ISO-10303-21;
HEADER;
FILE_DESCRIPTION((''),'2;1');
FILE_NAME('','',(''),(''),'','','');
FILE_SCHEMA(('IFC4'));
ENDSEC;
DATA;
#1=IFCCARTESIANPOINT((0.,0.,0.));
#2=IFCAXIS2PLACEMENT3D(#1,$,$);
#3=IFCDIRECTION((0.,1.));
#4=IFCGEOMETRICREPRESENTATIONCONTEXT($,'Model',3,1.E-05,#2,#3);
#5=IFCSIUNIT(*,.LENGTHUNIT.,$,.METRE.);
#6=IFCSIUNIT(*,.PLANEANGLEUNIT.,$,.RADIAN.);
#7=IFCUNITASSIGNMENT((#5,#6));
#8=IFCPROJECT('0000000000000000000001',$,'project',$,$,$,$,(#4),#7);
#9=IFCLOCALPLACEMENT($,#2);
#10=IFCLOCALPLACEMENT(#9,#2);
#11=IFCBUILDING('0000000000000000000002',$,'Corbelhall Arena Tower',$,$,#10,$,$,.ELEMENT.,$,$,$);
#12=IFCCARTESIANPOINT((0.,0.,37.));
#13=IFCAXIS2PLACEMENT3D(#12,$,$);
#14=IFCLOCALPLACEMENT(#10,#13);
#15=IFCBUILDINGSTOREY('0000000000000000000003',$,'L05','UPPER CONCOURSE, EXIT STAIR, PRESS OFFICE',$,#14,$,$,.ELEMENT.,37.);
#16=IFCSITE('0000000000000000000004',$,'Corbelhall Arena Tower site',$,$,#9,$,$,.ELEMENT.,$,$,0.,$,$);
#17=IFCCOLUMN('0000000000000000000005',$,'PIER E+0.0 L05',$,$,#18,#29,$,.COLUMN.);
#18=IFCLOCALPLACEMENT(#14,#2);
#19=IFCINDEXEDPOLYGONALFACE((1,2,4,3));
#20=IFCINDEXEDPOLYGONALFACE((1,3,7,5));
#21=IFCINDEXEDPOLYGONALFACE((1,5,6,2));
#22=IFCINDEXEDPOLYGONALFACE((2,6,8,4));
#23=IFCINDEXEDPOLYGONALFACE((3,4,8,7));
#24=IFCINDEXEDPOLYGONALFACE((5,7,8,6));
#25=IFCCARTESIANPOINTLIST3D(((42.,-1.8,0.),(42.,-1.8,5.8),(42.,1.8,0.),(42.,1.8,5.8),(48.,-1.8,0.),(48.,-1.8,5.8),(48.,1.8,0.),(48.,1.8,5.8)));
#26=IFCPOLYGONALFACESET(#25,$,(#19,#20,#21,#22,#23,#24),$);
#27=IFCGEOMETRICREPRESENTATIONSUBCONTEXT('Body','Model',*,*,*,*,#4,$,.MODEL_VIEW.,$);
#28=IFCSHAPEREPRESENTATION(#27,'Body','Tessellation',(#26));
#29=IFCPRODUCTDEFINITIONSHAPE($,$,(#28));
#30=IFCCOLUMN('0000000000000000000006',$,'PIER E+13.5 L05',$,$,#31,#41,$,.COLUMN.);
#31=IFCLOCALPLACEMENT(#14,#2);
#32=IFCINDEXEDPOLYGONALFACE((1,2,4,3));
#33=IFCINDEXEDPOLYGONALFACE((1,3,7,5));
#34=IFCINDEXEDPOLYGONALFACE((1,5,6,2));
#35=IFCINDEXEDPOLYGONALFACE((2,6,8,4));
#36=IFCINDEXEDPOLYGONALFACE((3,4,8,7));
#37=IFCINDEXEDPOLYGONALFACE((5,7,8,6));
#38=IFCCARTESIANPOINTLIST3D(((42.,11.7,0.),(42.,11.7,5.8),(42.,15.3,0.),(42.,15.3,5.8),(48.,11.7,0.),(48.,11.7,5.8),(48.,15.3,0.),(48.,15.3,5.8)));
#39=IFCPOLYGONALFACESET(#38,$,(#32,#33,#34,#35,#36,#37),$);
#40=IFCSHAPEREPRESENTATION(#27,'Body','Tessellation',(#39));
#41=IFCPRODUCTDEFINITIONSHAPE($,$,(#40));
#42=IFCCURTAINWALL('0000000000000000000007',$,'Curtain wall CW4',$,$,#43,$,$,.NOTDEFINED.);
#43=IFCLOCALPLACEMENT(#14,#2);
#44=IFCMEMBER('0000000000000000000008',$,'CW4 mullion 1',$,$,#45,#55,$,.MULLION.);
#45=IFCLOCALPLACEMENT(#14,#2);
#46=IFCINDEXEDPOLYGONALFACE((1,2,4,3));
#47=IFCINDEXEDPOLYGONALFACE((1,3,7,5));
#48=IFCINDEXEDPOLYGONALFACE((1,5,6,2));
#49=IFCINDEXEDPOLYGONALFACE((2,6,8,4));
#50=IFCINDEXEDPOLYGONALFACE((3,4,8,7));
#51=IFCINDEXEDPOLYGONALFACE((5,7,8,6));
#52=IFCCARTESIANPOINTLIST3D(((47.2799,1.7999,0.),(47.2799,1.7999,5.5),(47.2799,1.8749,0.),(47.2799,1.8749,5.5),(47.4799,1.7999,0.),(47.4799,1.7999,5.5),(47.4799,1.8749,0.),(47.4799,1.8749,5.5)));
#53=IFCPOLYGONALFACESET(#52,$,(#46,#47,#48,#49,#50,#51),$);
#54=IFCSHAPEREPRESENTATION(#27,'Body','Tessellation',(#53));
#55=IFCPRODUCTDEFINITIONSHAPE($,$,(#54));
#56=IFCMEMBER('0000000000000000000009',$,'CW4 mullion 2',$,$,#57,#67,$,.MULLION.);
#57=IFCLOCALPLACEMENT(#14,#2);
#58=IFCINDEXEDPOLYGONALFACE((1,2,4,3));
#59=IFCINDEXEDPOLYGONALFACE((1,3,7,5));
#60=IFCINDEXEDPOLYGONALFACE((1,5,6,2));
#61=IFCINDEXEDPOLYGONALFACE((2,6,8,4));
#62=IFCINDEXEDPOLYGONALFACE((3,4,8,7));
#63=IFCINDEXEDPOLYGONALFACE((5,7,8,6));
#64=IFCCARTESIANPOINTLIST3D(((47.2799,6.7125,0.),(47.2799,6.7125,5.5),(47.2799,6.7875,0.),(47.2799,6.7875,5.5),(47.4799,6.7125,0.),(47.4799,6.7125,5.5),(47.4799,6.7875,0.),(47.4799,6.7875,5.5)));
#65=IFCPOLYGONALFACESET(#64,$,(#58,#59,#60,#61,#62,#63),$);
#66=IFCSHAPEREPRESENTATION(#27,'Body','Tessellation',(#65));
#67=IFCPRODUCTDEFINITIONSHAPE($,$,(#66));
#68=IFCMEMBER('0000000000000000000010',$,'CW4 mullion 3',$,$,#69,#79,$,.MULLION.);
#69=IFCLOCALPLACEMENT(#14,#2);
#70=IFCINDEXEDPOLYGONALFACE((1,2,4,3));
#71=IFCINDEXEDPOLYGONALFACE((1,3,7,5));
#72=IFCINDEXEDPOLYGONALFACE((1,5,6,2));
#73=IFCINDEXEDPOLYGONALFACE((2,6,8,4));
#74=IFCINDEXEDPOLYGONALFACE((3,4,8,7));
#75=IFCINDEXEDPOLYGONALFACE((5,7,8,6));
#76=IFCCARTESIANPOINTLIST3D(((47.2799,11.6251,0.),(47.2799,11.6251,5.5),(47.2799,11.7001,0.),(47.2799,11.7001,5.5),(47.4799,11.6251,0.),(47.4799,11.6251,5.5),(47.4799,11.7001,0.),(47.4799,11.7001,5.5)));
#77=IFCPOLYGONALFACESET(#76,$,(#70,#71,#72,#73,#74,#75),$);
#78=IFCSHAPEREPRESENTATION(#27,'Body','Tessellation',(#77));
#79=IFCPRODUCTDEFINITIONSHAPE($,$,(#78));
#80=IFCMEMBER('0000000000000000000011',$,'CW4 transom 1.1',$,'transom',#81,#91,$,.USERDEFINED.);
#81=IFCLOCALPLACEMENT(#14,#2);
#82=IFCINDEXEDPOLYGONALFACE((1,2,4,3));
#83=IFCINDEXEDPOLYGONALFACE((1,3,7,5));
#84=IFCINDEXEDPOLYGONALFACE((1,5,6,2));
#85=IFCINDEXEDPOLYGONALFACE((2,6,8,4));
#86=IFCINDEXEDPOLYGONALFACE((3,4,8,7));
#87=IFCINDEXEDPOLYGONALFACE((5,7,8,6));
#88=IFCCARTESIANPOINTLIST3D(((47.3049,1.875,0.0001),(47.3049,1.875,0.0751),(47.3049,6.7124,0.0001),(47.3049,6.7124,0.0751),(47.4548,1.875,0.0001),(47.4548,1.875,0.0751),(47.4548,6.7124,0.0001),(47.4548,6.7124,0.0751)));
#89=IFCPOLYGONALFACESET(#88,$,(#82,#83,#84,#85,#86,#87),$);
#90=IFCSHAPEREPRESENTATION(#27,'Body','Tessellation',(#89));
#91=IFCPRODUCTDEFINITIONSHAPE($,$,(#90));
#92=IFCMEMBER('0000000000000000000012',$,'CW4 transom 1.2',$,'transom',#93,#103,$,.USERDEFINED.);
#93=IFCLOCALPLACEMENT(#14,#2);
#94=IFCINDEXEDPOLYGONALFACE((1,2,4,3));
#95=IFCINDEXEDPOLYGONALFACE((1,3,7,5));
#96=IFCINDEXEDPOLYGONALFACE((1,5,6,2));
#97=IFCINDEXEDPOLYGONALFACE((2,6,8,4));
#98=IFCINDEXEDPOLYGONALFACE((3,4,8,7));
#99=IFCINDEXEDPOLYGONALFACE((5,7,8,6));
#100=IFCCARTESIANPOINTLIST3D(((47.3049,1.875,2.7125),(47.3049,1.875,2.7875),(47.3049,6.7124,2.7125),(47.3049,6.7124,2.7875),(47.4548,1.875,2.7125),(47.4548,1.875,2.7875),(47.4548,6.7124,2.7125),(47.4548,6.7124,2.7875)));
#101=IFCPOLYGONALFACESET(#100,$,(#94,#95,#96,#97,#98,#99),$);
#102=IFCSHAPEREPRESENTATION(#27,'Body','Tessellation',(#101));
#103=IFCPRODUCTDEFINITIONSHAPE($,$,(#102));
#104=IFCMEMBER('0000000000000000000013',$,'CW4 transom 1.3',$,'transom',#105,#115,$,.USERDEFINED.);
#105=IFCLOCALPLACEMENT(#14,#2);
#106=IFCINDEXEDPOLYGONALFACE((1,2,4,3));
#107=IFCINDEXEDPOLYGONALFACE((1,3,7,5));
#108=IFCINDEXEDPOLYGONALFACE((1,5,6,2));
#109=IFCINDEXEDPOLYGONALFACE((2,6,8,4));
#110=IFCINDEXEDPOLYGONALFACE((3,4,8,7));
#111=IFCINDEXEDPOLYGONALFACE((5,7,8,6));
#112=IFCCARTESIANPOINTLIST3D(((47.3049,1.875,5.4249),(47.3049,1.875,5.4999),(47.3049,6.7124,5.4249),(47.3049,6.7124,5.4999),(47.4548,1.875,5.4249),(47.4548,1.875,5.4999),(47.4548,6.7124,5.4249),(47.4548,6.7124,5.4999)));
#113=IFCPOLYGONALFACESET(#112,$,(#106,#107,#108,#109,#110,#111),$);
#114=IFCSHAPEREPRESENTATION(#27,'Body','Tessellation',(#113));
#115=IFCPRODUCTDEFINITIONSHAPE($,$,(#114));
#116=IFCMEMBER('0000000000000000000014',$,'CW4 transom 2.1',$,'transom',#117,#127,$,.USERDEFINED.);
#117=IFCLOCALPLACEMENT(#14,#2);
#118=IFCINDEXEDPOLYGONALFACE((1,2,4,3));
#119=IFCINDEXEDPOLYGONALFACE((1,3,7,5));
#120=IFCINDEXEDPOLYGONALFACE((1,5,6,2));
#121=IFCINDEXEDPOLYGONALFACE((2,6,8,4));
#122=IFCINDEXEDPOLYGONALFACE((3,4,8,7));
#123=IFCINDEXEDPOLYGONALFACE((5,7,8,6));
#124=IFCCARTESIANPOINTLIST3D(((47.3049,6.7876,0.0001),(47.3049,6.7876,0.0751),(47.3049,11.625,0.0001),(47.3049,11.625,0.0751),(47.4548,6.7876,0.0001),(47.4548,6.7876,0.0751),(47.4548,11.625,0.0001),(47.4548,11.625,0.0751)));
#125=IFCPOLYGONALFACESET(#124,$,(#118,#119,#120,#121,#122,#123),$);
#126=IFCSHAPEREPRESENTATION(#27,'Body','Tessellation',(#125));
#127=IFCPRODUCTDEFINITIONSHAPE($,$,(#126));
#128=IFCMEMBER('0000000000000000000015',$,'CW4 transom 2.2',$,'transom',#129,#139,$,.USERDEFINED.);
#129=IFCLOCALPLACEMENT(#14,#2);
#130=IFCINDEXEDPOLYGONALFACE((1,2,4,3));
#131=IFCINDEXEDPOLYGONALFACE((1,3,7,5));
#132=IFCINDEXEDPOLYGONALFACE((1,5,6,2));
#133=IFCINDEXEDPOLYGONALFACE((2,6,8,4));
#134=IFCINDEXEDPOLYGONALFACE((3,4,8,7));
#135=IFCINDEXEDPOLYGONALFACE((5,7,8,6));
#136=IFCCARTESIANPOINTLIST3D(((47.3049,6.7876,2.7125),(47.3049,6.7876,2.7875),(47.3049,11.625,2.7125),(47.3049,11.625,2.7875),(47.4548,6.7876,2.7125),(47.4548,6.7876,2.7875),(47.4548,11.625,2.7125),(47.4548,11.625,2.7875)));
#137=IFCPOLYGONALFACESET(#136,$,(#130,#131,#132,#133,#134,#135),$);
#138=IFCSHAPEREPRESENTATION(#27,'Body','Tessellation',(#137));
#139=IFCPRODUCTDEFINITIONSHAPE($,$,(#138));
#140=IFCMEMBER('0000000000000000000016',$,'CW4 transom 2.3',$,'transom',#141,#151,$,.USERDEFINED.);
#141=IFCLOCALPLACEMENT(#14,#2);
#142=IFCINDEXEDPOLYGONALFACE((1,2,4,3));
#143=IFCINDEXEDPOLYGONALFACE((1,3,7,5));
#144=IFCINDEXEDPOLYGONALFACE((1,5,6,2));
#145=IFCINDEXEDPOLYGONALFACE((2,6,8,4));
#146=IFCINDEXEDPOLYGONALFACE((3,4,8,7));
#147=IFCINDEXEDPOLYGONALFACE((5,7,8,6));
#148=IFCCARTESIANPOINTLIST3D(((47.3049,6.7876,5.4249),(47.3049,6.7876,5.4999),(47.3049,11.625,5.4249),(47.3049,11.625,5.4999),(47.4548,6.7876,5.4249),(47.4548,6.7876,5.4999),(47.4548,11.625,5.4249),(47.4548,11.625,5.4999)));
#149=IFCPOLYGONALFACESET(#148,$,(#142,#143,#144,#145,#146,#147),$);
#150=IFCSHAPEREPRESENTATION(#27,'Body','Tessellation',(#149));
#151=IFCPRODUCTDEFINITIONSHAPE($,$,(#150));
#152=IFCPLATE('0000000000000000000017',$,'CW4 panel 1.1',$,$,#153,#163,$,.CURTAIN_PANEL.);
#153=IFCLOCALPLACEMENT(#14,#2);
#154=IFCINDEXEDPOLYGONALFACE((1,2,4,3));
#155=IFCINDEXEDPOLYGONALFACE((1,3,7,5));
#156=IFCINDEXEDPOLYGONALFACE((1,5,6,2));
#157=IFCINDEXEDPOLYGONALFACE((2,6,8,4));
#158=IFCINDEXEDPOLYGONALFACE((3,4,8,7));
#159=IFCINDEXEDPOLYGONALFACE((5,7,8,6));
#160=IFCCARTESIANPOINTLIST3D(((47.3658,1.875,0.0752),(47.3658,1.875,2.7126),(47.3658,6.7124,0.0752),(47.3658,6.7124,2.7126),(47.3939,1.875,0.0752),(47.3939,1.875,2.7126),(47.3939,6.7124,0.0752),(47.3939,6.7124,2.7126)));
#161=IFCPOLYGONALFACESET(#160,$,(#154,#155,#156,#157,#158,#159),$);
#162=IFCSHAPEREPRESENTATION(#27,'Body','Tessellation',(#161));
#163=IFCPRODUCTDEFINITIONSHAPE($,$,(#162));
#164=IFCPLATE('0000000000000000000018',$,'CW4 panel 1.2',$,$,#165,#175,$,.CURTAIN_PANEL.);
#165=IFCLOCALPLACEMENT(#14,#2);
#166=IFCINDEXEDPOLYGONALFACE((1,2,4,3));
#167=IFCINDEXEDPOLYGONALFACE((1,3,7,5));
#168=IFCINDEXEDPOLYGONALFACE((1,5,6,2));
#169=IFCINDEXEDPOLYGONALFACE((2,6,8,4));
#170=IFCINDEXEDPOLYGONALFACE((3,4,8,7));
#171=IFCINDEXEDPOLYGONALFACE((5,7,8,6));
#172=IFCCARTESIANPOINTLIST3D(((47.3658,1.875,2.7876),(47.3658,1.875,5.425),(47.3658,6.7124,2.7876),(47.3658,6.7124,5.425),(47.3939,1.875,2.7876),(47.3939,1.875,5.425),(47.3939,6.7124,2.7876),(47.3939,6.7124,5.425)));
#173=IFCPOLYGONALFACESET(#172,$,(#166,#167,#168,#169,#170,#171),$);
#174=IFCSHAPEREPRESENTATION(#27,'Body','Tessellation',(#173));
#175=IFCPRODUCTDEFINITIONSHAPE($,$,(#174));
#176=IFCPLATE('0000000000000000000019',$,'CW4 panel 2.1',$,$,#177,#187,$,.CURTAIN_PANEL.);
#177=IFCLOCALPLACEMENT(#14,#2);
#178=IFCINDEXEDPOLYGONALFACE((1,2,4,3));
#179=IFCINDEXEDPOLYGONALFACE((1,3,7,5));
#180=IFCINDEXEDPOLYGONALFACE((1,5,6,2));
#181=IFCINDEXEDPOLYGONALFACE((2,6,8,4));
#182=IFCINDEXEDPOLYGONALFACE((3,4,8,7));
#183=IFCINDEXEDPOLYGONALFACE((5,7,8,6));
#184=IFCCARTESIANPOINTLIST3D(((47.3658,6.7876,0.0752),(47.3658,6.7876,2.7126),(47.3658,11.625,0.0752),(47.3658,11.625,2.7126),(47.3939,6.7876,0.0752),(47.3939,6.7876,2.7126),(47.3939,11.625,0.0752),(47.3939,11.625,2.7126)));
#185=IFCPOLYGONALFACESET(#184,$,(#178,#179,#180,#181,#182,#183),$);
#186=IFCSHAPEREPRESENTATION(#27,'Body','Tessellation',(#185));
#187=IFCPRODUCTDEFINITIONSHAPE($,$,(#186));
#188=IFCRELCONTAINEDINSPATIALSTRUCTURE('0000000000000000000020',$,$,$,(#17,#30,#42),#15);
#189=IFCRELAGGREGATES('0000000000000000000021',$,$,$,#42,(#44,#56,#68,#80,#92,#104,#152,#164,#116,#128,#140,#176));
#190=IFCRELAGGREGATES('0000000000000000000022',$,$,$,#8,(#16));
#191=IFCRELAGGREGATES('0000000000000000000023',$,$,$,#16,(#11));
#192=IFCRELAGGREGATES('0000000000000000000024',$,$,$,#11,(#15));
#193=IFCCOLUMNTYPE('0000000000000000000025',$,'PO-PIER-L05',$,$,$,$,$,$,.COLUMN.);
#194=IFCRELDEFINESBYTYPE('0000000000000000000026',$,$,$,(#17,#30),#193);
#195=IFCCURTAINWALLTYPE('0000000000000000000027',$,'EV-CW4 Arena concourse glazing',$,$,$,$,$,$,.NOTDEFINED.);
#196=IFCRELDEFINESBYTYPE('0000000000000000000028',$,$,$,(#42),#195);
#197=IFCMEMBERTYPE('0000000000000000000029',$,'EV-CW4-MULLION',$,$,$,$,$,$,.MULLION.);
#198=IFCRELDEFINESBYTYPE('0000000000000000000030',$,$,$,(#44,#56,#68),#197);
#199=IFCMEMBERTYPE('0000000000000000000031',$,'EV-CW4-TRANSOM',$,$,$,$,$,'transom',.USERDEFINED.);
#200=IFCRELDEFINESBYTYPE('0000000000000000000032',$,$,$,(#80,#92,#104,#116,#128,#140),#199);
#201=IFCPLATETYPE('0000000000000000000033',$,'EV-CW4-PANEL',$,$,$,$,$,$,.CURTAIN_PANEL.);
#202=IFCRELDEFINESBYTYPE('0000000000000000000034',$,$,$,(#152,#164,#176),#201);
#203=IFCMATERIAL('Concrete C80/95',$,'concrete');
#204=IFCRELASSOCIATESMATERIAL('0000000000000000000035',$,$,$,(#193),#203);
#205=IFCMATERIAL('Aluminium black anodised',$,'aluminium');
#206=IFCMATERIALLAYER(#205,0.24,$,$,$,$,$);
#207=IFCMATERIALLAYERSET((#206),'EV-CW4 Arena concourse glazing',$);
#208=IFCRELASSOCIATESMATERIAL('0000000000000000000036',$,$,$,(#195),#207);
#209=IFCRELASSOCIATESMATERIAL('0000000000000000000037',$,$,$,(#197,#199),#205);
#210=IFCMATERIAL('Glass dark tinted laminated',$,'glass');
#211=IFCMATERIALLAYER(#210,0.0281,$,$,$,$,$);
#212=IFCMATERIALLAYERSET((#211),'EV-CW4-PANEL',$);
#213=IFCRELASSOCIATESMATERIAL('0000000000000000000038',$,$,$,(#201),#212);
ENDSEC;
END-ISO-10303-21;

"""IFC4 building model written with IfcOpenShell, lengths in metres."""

from ifc_helpers import new_model, si_unit, direction, frame, origin, origin_2d, place, context, subcontext, project, spatial, rectangle, extrude, material, layer, layer_set, material_profile, profile_set, type_object, element, aggregate, save


model = new_model("IFC4")

# Units and contexts
model_context = context("Model", 3, precision=1e-05, world=origin(), true_north=direction((0.0, 1.0)))
body_context = subcontext(model_context, "Body", "Model", "MODEL_VIEW")
ifc_project = project(units=[si_unit("LENGTHUNIT", "METRE"), si_unit("PLANEANGLEUNIT", "RADIAN")], contexts=[model_context])

# Site, building, storey
site_placement = place(None, origin())
site = spatial("IfcSite", under=ifc_project, at=site_placement, Name="Corbelhall Arena Tower site", CompositionType="ELEMENT", RefElevation=0.0)
building_placement = place(site_placement, origin())
building = spatial("IfcBuilding", under=site, at=building_placement, Name="Corbelhall Arena Tower", CompositionType="ELEMENT")
storey_placement = place(building_placement, frame((0.0, 0.0, 37.0)))
storey = spatial("IfcBuildingStorey", under=building, at=storey_placement, Name="L05", Description="UPPER CONCOURSE, EXIT STAIR, PRESS OFFICE", CompositionType="ELEMENT", Elevation=37.0)

# Columns
ifc_material_1 = material(Name="Concrete C80/95", Category="concrete")
ifc_material_profile_1 = material_profile(ifc_material_1, rectangle(XDim=3.6001, YDim=6.0, at=origin_2d()))
ifc_profile_set_1 = profile_set([ifc_material_profile_1], Name="Concrete C80/95")
column_type = type_object("IfcColumnType", Name="PO-PIER-L05", PredefinedType="COLUMN", material=ifc_profile_set_1)
for number, where, z_axis, x_axis, name in (
    (1, (45.0, 0.0, 0.0), (0.0, 0.0, 1.0), (0.0, 1.0, 0.0), "PIER E+0.0 L05"),
    (2, (45.0, 13.5, 0.0), (0.0, 0.0, 1.0), (0.0, 1.0, 0.0), "PIER E+13.5 L05"),
):
    element("IfcColumn", number, at=place(storey_placement, frame(where, z_axis=z_axis, x_axis=x_axis)), inside=storey, type_object=column_type, Name=name, PredefinedType="COLUMN", context=body_context, shape_type="SweptSolid", body=[
        extrude(rectangle(XDim=3.6001, YDim=6.0, at=origin_2d()), origin(), (0.0, 0.0, 1.0), 5.8),
    ])

# Curtain wall, members, plates
ifc_material_2 = material(Name="Aluminium black anodised", Category="aluminium")
ifc_layer_1 = layer(ifc_material_2, 0.24)
ifc_layer_set_1 = layer_set([ifc_layer_1], Name="EV-CW4 Arena concourse glazing")
curtain_wall_type = type_object("IfcCurtainWallType", Name="EV-CW4 Arena concourse glazing", PredefinedType="NOTDEFINED", material=ifc_layer_set_1)
curtain_wall_placement = place(storey_placement, origin())
curtain_wall = element("IfcCurtainWall", 3, at=curtain_wall_placement, inside=storey, type_object=curtain_wall_type, Name="Curtain wall CW4", PredefinedType="NOTDEFINED")
ifc_material_profile_2 = material_profile(ifc_material_2, rectangle(XDim=0.2, YDim=0.075, at=origin_2d()))
ifc_profile_set_2 = profile_set([ifc_material_profile_2], Name="Aluminium black anodised")
member_type_1 = type_object("IfcMemberType", Name="EV-CW4-MULLION", PredefinedType="MULLION", material=ifc_profile_set_2)
member_1_placement = place(storey_placement, frame((47.3799, 1.8374, 0.0), z_axis=(0.0, 0.0, 1.0), x_axis=(-1.0, 0.0, 0.0)))
member_1 = element("IfcMember", 4, at=member_1_placement, type_object=member_type_1, Name="CW4 mullion 1", PredefinedType="MULLION", context=body_context, shape_type="SweptSolid", body=[
    extrude(rectangle(XDim=0.2, YDim=0.075, at=origin_2d()), origin(), (0.0, 0.0, 1.0), 5.5),
])
member_2_placement = place(storey_placement, frame((47.3799, 6.75, 0.0), z_axis=(0.0, 0.0, 1.0), x_axis=(-1.0, 0.0, 0.0)))
member_2 = element("IfcMember", 5, at=member_2_placement, type_object=member_type_1, Name="CW4 mullion 2", PredefinedType="MULLION", context=body_context, shape_type="SweptSolid", body=[
    extrude(rectangle(XDim=0.2, YDim=0.075, at=origin_2d()), origin(), (0.0, 0.0, 1.0), 5.5),
])
member_3_placement = place(storey_placement, frame((47.3799, 11.6626, 0.0), z_axis=(0.0, 0.0, 1.0), x_axis=(-1.0, 0.0, 0.0)))
member_3 = element("IfcMember", 6, at=member_3_placement, type_object=member_type_1, Name="CW4 mullion 3", PredefinedType="MULLION", context=body_context, shape_type="SweptSolid", body=[
    extrude(rectangle(XDim=0.2, YDim=0.075, at=origin_2d()), origin(), (0.0, 0.0, 1.0), 5.5),
])
ifc_material_profile_3 = material_profile(ifc_material_2, rectangle(XDim=0.1499, YDim=0.075, at=origin_2d()))
ifc_profile_set_3 = profile_set([ifc_material_profile_3], Name="Aluminium black anodised")
member_type_2 = type_object("IfcMemberType", Name="EV-CW4-TRANSOM", ElementType="transom", PredefinedType="USERDEFINED", material=ifc_profile_set_3)
member_4_placement = place(storey_placement, frame((47.3799, 1.875, 0.0376), z_axis=(0.0, 1.0, 0.0), x_axis=(-1.0, 0.0, 0.0)))
member_4 = element("IfcMember", 7, at=member_4_placement, type_object=member_type_2, Name="CW4 transom 1.1", ObjectType="transom", PredefinedType="USERDEFINED", context=body_context, shape_type="SweptSolid", body=[
    extrude(rectangle(XDim=0.1499, YDim=0.075, at=origin_2d()), origin(), (0.0, 0.0, 1.0), 4.8374),
])
member_5_placement = place(storey_placement, frame((47.3799, 1.875, 2.75), z_axis=(0.0, 1.0, 0.0), x_axis=(-1.0, 0.0, 0.0)))
member_5 = element("IfcMember", 8, at=member_5_placement, type_object=member_type_2, Name="CW4 transom 1.2", ObjectType="transom", PredefinedType="USERDEFINED", context=body_context, shape_type="SweptSolid", body=[
    extrude(rectangle(XDim=0.1499, YDim=0.075, at=origin_2d()), origin(), (0.0, 0.0, 1.0), 4.8374),
])
member_6_placement = place(storey_placement, frame((47.3799, 1.875, 5.4624), z_axis=(0.0, 1.0, 0.0), x_axis=(-1.0, 0.0, 0.0)))
member_6 = element("IfcMember", 9, at=member_6_placement, type_object=member_type_2, Name="CW4 transom 1.3", ObjectType="transom", PredefinedType="USERDEFINED", context=body_context, shape_type="SweptSolid", body=[
    extrude(rectangle(XDim=0.1499, YDim=0.075, at=origin_2d()), origin(), (0.0, 0.0, 1.0), 4.8374),
])
member_7_placement = place(storey_placement, frame((47.3799, 6.7876, 0.0376), z_axis=(0.0, 1.0, 0.0), x_axis=(-1.0, 0.0, 0.0)))
member_7 = element("IfcMember", 10, at=member_7_placement, type_object=member_type_2, Name="CW4 transom 2.1", ObjectType="transom", PredefinedType="USERDEFINED", context=body_context, shape_type="SweptSolid", body=[
    extrude(rectangle(XDim=0.1499, YDim=0.075, at=origin_2d()), origin(), (0.0, 0.0, 1.0), 4.8374),
])
member_8_placement = place(storey_placement, frame((47.3799, 6.7876, 2.75), z_axis=(0.0, 1.0, 0.0), x_axis=(-1.0, 0.0, 0.0)))
member_8 = element("IfcMember", 11, at=member_8_placement, type_object=member_type_2, Name="CW4 transom 2.2", ObjectType="transom", PredefinedType="USERDEFINED", context=body_context, shape_type="SweptSolid", body=[
    extrude(rectangle(XDim=0.1499, YDim=0.075, at=origin_2d()), origin(), (0.0, 0.0, 1.0), 4.8374),
])
member_9_placement = place(storey_placement, frame((47.3799, 6.7876, 5.4624), z_axis=(0.0, 1.0, 0.0), x_axis=(-1.0, 0.0, 0.0)))
member_9 = element("IfcMember", 12, at=member_9_placement, type_object=member_type_2, Name="CW4 transom 2.3", ObjectType="transom", PredefinedType="USERDEFINED", context=body_context, shape_type="SweptSolid", body=[
    extrude(rectangle(XDim=0.1499, YDim=0.075, at=origin_2d()), origin(), (0.0, 0.0, 1.0), 4.8374),
])
ifc_material_3 = material(Name="Glass dark tinted laminated", Category="glass")
ifc_layer_2 = layer(ifc_material_3, 0.0281)
ifc_layer_set_2 = layer_set([ifc_layer_2], Name="EV-CW4-PANEL")
plate_type = type_object("IfcPlateType", Name="EV-CW4-PANEL", PredefinedType="CURTAIN_PANEL", material=ifc_layer_set_2)
plate_1_placement = place(storey_placement, frame((47.3799, 4.2937, 0.0752), z_axis=(0.0, 0.0, 1.0), x_axis=(0.0, 1.0, 0.0)))
plate_1 = element("IfcPlate", 13, at=plate_1_placement, type_object=plate_type, Name="CW4 panel 1.1", PredefinedType="CURTAIN_PANEL", context=body_context, shape_type="SweptSolid", body=[
    extrude(rectangle(XDim=4.8374, YDim=0.0281, at=origin_2d()), origin(), (0.0, 0.0, 1.0), 2.6375),
])
plate_2_placement = place(storey_placement, frame((47.3799, 4.2937, 2.7876), z_axis=(0.0, 0.0, 1.0), x_axis=(0.0, 1.0, 0.0)))
plate_2 = element("IfcPlate", 14, at=plate_2_placement, type_object=plate_type, Name="CW4 panel 1.2", PredefinedType="CURTAIN_PANEL", context=body_context, shape_type="SweptSolid", body=[
    extrude(rectangle(XDim=4.8374, YDim=0.0281, at=origin_2d()), origin(), (0.0, 0.0, 1.0), 2.6375),
])
plate_3_placement = place(storey_placement, frame((47.3799, 9.2063, 0.0752), z_axis=(0.0, 0.0, 1.0), x_axis=(0.0, 1.0, 0.0)))
plate_3 = element("IfcPlate", 15, at=plate_3_placement, type_object=plate_type, Name="CW4 panel 2.1", PredefinedType="CURTAIN_PANEL", context=body_context, shape_type="SweptSolid", body=[
    extrude(rectangle(XDim=4.8374, YDim=0.0281, at=origin_2d()), origin(), (0.0, 0.0, 1.0), 2.6375),
])
aggregate(curtain_wall, [member_1, member_2, member_3, member_4, member_5, member_6, plate_1, plate_2, member_7, member_8, member_9, plate_3])

save(model, "model.ifc")
